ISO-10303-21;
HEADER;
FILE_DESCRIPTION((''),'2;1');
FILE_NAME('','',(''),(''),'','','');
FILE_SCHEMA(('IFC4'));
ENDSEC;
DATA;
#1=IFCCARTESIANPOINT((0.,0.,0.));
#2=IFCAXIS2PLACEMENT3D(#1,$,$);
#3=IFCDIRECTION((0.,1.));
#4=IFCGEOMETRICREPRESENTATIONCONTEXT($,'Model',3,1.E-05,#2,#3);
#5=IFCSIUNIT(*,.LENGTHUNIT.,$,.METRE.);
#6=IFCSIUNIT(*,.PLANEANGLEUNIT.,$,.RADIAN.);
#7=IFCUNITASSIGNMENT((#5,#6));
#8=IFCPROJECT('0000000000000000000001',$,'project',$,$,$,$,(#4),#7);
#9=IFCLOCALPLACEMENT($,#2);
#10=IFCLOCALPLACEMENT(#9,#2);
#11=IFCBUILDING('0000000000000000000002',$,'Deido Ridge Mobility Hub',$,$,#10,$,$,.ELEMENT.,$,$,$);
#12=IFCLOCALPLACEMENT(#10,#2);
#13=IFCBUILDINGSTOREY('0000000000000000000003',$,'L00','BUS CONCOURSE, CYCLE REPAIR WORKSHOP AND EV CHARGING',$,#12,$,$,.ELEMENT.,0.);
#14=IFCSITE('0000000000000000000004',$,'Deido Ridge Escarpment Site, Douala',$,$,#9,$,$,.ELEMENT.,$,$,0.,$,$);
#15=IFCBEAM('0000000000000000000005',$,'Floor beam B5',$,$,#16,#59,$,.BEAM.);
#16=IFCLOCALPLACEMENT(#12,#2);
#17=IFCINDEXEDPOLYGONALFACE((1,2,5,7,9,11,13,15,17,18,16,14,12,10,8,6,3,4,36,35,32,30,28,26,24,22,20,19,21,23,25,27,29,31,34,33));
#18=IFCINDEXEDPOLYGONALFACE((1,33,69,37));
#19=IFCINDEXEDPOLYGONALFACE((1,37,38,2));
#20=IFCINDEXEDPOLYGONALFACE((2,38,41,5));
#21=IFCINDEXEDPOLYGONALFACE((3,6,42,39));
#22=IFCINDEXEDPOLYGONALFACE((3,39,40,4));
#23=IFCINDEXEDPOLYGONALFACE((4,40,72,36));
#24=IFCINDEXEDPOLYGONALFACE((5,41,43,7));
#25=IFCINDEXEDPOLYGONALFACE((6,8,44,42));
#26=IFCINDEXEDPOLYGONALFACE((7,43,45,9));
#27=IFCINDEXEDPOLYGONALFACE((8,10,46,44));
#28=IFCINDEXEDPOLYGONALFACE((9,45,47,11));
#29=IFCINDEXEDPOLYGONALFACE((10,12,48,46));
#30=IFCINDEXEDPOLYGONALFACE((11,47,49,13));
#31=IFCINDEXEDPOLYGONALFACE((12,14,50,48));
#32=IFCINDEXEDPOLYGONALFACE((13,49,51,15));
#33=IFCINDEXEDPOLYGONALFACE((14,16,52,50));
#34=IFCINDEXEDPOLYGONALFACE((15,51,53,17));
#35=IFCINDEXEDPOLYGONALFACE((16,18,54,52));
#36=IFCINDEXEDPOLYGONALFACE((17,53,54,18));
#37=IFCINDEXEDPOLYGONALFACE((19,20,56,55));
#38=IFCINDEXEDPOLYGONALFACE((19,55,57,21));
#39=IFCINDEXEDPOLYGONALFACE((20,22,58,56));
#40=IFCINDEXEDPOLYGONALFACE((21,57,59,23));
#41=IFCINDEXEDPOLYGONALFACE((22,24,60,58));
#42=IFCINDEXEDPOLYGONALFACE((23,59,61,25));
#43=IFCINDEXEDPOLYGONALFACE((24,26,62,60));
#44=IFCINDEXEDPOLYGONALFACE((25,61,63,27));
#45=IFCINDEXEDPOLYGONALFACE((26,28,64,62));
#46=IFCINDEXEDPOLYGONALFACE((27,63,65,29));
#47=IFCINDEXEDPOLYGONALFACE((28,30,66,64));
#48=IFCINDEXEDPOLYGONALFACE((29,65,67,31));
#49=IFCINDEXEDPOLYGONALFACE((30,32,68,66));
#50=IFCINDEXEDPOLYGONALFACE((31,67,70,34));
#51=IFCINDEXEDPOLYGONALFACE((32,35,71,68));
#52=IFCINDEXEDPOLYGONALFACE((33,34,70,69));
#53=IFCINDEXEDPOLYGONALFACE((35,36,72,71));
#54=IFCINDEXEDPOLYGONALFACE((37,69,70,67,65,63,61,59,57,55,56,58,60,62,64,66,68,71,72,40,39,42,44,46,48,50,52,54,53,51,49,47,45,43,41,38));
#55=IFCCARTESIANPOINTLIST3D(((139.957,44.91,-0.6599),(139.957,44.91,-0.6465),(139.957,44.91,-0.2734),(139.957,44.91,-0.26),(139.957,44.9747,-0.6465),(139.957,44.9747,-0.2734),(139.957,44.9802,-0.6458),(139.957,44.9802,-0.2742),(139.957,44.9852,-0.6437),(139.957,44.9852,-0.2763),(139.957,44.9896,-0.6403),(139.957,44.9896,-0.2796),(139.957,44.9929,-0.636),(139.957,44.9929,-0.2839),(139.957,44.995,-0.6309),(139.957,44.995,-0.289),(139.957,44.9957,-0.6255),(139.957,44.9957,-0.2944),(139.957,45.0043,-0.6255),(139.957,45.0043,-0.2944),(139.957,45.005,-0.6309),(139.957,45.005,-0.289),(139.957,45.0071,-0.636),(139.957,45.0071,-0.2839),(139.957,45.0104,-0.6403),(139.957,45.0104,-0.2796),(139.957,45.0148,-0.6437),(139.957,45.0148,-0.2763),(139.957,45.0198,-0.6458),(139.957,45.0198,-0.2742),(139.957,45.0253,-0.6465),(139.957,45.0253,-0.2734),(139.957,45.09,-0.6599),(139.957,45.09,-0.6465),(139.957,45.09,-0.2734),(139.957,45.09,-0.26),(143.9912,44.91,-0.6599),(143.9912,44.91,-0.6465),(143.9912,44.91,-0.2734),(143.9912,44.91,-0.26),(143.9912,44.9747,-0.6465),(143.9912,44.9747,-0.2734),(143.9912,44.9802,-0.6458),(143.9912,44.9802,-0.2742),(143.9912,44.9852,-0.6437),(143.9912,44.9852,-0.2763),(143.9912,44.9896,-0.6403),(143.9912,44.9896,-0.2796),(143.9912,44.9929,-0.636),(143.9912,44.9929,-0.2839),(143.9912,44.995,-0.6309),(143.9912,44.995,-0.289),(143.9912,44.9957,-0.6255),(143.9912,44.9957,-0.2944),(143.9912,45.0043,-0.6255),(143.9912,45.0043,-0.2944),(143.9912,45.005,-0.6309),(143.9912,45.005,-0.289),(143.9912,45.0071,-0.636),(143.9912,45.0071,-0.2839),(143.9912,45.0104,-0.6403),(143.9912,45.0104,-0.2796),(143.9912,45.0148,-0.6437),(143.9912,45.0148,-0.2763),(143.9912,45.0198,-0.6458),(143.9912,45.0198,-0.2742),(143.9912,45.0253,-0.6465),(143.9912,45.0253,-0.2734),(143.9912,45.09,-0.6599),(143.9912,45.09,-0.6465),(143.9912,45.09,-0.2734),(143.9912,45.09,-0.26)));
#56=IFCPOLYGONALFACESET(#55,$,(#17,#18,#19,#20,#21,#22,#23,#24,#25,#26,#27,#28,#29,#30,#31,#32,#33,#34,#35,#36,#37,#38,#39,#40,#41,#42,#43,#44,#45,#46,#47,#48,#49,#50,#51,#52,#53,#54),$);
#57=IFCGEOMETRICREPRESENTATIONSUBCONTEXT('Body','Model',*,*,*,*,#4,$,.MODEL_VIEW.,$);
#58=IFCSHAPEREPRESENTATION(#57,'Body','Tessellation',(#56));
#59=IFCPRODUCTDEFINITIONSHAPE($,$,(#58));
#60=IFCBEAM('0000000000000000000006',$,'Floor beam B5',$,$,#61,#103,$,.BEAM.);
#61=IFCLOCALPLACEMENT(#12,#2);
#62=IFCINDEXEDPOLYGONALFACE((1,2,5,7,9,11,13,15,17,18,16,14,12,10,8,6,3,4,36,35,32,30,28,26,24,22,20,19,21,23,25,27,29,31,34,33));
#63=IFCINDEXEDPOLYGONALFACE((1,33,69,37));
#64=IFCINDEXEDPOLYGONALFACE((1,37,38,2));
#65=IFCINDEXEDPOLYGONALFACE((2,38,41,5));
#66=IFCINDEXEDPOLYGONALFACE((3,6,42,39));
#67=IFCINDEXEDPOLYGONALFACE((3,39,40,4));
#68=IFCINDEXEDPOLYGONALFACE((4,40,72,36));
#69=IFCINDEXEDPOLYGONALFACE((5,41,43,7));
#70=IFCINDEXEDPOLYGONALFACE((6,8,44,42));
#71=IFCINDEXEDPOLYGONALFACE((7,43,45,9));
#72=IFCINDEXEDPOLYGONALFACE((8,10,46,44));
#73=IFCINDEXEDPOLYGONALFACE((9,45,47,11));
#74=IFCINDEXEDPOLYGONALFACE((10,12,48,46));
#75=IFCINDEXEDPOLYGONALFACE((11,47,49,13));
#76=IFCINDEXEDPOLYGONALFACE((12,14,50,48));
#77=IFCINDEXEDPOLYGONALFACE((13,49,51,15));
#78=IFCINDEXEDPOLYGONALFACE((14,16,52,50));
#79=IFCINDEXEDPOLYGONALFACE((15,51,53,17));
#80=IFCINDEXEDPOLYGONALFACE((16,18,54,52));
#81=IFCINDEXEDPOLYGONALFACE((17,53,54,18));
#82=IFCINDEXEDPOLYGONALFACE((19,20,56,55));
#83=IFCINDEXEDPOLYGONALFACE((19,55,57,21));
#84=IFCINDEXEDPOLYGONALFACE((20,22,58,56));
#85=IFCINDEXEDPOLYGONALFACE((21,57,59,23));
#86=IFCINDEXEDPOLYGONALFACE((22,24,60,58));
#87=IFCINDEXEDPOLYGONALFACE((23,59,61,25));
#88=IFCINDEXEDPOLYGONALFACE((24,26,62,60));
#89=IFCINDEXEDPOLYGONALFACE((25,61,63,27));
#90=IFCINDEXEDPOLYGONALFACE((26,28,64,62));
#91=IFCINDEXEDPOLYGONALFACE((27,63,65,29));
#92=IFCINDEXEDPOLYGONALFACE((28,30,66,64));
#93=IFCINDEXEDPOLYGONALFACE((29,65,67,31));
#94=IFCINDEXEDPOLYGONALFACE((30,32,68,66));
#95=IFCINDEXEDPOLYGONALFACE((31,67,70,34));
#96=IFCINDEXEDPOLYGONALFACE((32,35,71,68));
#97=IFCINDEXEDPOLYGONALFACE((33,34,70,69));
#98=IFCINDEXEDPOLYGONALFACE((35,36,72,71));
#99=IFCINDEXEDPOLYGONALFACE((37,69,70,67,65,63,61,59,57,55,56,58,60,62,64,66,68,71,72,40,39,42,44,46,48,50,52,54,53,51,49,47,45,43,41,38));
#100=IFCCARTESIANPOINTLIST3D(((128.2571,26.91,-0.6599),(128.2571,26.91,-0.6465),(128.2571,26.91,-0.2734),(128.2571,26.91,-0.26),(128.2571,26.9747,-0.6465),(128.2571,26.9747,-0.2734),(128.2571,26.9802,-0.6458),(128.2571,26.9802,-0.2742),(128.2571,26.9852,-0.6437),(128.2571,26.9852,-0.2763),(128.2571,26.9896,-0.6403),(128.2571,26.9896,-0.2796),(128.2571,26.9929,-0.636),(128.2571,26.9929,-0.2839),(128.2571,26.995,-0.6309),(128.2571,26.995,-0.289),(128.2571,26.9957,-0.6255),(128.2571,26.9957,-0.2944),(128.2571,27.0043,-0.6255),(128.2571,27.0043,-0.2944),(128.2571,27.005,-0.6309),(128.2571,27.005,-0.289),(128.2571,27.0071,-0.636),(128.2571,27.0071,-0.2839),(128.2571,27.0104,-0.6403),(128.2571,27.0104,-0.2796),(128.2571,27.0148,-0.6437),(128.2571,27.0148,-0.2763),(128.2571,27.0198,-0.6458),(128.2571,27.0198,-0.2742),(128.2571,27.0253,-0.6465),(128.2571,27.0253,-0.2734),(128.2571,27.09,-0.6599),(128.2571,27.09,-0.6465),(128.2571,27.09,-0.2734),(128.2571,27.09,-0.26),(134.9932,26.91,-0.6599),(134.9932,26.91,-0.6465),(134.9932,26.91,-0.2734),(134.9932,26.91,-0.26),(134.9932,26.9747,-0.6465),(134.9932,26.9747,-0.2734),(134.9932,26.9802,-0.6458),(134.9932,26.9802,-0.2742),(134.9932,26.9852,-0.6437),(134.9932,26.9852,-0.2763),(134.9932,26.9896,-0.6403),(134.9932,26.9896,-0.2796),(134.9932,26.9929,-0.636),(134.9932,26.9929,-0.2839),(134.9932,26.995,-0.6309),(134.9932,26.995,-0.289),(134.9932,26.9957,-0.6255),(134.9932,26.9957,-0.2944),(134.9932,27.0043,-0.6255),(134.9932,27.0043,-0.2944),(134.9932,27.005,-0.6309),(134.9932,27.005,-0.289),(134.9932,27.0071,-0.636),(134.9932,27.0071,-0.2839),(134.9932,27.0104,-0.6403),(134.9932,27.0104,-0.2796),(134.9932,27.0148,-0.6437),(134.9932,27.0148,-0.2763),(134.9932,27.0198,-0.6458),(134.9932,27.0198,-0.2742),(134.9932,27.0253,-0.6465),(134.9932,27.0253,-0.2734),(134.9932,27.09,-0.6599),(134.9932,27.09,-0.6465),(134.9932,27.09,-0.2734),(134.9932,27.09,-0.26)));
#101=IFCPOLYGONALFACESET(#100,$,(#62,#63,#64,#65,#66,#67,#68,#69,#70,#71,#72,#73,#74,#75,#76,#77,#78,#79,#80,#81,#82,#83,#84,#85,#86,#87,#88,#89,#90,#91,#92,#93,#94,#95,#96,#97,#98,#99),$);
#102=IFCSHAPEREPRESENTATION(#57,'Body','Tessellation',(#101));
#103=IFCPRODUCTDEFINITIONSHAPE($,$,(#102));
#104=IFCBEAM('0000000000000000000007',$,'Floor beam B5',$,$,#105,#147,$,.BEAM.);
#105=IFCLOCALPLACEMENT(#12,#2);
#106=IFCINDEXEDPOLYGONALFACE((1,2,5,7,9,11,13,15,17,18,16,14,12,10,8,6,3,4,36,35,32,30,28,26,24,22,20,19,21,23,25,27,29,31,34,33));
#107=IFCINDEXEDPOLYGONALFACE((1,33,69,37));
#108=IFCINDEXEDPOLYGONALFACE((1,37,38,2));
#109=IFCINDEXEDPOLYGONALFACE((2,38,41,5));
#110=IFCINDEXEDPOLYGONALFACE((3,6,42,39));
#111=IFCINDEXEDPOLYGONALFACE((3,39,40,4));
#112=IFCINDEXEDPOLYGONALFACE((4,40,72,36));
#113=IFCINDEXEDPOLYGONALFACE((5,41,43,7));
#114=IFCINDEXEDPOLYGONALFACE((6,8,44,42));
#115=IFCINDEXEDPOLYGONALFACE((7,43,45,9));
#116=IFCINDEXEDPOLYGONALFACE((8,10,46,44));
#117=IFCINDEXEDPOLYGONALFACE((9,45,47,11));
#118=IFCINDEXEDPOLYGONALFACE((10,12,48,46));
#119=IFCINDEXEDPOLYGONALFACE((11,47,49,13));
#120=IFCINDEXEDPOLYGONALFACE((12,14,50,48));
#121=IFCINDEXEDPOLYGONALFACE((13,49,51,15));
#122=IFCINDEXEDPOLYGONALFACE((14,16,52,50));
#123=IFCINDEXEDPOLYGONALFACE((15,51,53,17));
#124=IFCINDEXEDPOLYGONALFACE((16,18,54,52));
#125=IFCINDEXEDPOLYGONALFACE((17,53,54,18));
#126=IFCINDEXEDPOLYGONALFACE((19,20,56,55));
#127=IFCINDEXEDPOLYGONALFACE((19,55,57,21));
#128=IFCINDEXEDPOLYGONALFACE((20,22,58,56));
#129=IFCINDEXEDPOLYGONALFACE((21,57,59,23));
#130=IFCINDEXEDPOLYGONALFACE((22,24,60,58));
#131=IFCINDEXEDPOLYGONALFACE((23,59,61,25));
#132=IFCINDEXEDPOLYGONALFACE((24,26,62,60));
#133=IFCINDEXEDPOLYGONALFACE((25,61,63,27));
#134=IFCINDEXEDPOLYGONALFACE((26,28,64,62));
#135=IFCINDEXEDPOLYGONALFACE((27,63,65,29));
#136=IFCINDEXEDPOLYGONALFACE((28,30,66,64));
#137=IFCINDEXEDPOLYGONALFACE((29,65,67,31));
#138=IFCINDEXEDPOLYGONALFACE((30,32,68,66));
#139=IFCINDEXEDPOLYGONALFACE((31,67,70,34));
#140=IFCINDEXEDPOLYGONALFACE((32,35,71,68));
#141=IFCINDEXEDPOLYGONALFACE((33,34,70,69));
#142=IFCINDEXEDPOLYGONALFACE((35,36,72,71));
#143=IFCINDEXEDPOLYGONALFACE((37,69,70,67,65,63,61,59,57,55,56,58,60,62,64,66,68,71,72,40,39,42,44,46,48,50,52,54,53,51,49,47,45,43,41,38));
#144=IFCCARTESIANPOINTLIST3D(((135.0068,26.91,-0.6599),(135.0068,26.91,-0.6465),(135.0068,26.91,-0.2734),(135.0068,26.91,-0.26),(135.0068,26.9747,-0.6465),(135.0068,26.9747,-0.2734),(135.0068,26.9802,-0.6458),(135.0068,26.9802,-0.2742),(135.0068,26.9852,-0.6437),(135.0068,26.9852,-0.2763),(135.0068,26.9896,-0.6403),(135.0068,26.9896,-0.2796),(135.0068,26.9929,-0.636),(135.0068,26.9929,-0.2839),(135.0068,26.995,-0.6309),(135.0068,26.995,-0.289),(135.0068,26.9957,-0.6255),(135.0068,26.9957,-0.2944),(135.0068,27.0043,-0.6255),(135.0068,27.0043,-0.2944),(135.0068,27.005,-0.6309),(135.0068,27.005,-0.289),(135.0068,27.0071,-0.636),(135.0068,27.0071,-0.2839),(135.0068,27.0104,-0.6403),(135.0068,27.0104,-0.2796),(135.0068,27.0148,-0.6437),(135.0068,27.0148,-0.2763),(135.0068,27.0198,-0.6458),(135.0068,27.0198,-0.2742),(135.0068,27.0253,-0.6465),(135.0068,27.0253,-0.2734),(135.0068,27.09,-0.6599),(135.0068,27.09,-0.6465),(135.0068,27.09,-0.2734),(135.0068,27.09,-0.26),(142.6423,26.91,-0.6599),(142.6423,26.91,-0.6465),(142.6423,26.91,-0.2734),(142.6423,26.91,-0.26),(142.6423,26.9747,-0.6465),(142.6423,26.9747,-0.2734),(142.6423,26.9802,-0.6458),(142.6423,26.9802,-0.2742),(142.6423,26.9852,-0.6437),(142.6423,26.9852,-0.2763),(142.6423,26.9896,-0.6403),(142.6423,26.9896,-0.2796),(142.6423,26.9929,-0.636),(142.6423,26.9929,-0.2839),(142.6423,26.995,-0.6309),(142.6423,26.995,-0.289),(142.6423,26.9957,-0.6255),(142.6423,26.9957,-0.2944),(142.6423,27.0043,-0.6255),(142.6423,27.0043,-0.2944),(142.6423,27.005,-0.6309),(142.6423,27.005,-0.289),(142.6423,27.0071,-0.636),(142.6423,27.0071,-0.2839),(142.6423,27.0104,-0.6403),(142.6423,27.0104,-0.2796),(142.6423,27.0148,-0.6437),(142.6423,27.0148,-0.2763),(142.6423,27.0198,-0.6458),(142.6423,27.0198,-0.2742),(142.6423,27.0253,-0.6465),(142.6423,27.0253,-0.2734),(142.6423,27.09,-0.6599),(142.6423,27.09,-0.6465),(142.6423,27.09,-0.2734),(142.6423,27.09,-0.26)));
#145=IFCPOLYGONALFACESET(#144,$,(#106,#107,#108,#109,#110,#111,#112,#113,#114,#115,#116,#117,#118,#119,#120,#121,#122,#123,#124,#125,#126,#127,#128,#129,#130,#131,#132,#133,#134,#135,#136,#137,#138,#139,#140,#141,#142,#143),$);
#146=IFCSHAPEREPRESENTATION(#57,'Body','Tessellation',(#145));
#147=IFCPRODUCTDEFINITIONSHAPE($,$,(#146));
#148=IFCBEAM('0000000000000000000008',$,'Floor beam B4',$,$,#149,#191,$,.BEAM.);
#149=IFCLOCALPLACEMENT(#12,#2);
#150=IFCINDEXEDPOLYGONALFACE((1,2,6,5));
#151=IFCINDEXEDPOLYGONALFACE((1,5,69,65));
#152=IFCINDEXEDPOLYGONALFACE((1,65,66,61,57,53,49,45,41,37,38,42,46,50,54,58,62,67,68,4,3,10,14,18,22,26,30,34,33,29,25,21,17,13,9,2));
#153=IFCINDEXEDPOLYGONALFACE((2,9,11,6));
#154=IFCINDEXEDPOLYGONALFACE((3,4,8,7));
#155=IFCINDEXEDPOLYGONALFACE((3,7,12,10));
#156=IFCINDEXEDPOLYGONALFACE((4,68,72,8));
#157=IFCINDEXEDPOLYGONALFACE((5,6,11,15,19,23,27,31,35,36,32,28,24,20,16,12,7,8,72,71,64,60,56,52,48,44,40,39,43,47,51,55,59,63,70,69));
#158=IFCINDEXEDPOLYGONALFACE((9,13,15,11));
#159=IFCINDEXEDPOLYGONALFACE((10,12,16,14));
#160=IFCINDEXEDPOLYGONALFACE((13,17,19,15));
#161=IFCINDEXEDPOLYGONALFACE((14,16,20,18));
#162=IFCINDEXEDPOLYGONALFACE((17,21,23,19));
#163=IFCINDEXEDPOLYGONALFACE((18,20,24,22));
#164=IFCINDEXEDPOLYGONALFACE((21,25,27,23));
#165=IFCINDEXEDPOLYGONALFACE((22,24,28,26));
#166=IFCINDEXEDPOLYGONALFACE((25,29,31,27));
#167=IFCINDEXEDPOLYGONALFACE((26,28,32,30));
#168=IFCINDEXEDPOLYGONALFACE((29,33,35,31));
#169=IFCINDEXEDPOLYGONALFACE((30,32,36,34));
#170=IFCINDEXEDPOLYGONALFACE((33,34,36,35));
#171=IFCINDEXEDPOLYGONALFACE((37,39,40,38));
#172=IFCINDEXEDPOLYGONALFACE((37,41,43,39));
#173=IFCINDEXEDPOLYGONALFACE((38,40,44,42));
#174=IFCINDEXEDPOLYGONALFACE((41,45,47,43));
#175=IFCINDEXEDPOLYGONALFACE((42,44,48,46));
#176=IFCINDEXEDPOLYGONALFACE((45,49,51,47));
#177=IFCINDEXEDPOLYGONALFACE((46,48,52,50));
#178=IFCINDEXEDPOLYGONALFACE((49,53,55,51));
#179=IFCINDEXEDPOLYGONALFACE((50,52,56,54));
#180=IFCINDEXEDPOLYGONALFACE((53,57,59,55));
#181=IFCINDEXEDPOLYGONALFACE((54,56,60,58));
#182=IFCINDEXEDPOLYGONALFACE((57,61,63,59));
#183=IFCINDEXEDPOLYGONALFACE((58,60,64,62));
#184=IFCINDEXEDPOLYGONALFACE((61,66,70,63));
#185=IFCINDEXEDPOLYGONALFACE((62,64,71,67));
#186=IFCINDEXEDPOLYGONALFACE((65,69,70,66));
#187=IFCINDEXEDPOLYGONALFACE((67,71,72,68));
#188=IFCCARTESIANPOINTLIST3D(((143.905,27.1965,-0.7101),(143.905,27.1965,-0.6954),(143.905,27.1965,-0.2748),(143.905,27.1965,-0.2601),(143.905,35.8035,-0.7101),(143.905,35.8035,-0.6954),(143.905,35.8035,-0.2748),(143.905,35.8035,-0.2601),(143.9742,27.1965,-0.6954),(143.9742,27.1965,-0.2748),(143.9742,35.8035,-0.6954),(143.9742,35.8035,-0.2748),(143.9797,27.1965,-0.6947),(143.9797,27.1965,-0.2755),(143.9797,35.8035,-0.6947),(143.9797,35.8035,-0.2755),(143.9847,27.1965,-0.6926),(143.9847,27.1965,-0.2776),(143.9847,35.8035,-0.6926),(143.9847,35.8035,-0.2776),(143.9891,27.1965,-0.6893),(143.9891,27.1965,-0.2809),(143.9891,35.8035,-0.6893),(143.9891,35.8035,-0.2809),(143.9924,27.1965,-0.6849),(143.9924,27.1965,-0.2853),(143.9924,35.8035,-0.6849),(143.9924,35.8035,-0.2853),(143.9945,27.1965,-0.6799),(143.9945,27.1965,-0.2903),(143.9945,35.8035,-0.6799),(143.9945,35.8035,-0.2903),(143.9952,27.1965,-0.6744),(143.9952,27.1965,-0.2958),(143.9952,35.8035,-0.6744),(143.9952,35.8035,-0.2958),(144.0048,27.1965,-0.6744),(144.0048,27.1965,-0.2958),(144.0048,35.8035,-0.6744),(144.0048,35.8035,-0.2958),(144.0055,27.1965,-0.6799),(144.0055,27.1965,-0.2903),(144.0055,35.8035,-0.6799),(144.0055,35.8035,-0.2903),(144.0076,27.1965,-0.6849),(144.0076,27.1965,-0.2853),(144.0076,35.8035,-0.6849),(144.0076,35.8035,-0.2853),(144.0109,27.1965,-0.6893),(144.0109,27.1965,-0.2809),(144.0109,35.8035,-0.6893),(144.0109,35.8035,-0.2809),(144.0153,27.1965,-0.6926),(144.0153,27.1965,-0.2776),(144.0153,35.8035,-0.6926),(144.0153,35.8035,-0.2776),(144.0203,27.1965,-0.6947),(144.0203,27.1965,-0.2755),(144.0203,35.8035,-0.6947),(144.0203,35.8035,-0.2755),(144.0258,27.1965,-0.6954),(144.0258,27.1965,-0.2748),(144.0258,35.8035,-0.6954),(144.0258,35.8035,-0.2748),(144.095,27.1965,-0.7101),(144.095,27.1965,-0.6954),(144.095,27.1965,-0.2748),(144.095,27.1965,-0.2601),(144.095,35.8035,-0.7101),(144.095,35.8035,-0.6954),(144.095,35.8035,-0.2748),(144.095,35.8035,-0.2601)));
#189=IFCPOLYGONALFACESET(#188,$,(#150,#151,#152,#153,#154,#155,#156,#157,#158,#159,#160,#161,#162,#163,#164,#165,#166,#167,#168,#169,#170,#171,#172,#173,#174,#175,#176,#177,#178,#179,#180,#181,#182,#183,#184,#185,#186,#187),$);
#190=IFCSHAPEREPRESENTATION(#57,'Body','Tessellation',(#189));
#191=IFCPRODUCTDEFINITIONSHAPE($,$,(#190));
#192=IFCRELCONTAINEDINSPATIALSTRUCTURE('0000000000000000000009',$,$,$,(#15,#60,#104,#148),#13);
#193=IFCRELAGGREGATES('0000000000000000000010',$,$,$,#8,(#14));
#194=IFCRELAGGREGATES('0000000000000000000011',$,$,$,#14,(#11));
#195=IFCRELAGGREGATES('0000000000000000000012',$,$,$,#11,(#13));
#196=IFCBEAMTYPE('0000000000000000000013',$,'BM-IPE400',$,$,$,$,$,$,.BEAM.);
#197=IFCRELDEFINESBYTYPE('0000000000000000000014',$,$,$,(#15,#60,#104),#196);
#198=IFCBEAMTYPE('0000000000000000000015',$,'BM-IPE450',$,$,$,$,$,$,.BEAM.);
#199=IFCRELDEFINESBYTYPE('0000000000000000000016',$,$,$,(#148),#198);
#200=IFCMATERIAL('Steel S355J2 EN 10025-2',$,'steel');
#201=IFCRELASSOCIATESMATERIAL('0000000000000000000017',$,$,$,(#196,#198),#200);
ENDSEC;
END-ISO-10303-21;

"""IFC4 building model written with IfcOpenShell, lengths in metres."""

from ifc_helpers import new_model, si_unit, direction, frame, origin, origin_2d, place, context, subcontext, project, spatial, i_section, extrude, material, material_profile, profile_set, type_object, element, save


model = new_model("IFC4")

# Units and contexts
model_context = context("Model", 3, precision=1e-05, world=origin(), true_north=direction((0.0, 1.0)))
body_context = subcontext(model_context, "Body", "Model", "MODEL_VIEW")
ifc_project = project(units=[si_unit("LENGTHUNIT", "METRE"), si_unit("PLANEANGLEUNIT", "RADIAN")], contexts=[model_context])

# Site, building, storey
site_placement = place(None, origin())
site = spatial("IfcSite", under=ifc_project, at=site_placement, Name="Deido Ridge Escarpment Site, Douala", CompositionType="ELEMENT", RefElevation=0.0)
building_placement = place(site_placement, origin())
building = spatial("IfcBuilding", under=site, at=building_placement, Name="Deido Ridge Mobility Hub", CompositionType="ELEMENT")
storey_placement = place(building_placement, origin())
storey = spatial("IfcBuildingStorey", under=building, at=storey_placement, Name="L00", Description="BUS CONCOURSE, CYCLE REPAIR WORKSHOP AND EV CHARGING", CompositionType="ELEMENT", Elevation=0.0)

# Shared definitions
ifc_material = material(Name="Steel S355J2 EN 10025-2", Category="steel")

# Beams
ifc_material_profile_1 = material_profile(ifc_material, i_section(OverallWidth=0.1799, OverallDepth=0.3999, WebThickness=0.0085, FlangeThickness=0.0134, FilletRadius=0.021, at=origin_2d()), Name="IPE 400")
ifc_profile_set_1 = profile_set([ifc_material_profile_1], Name="Steel S355J2 EN 10025-2")
beam_type_1 = type_object("IfcBeamType", Name="BM-IPE400", PredefinedType="BEAM", material=ifc_profile_set_1)
beam_1_placement = place(storey_placement, frame((139.957, 45.0, -0.46), z_axis=(1.0, 0.0, 0.0), x_axis=(0.0, 1.0, 0.0)))
element("IfcBeam", 1, at=beam_1_placement, inside=storey, type_object=beam_type_1, Name="Floor beam B5", PredefinedType="BEAM", context=body_context, shape_type="SweptSolid", body=[
    extrude(i_section(OverallWidth=0.1799, OverallDepth=0.3999, WebThickness=0.0085, FlangeThickness=0.0134, FilletRadius=0.021, at=origin_2d()), origin(), (0.0, 0.0, 1.0), 4.0342),
])
beam_2_placement = place(storey_placement, frame((128.2571, 27.0, -0.46), z_axis=(1.0, 0.0, 0.0), x_axis=(0.0, 1.0, 0.0)))
element("IfcBeam", 2, at=beam_2_placement, inside=storey, type_object=beam_type_1, Name="Floor beam B5", PredefinedType="BEAM", context=body_context, shape_type="SweptSolid", body=[
    extrude(i_section(OverallWidth=0.1799, OverallDepth=0.3999, WebThickness=0.0085, FlangeThickness=0.0134, FilletRadius=0.021, at=origin_2d()), origin(), (0.0, 0.0, 1.0), 6.7361),
])
beam_3_placement = place(storey_placement, frame((135.0068, 27.0, -0.46), z_axis=(1.0, 0.0, 0.0), x_axis=(0.0, 1.0, 0.0)))
element("IfcBeam", 3, at=beam_3_placement, inside=storey, type_object=beam_type_1, Name="Floor beam B5", PredefinedType="BEAM", context=body_context, shape_type="SweptSolid", body=[
    extrude(i_section(OverallWidth=0.1799, OverallDepth=0.3999, WebThickness=0.0085, FlangeThickness=0.0134, FilletRadius=0.021, at=origin_2d()), origin(), (0.0, 0.0, 1.0), 7.6355),
])
ifc_material_profile_2 = material_profile(ifc_material, i_section(OverallWidth=0.1899, OverallDepth=0.45, WebThickness=0.0095, FlangeThickness=0.0146, FilletRadius=0.021, at=origin_2d()), Name="IPE 450")
ifc_profile_set_2 = profile_set([ifc_material_profile_2], Name="Steel S355J2 EN 10025-2")
beam_type_2 = type_object("IfcBeamType", Name="BM-IPE450", PredefinedType="BEAM", material=ifc_profile_set_2)
for number, where, z_axis, x_axis, name in (
    (4, (144.0, 27.1965, -0.4851), (0.0, 1.0, 0.0), (-1.0, 0.0, 0.0), "Floor beam B4"),
):
    element("IfcBeam", number, at=place(storey_placement, frame(where, z_axis=z_axis, x_axis=x_axis)), inside=storey, type_object=beam_type_2, Name=name, PredefinedType="BEAM", context=body_context, shape_type="SweptSolid", body=[
        extrude(i_section(OverallWidth=0.1899, OverallDepth=0.45, WebThickness=0.0095, FlangeThickness=0.0146, FilletRadius=0.021, at=origin_2d()), origin(), (0.0, 0.0, 1.0), 8.6069),
    ])

save(model, "model.ifc")
